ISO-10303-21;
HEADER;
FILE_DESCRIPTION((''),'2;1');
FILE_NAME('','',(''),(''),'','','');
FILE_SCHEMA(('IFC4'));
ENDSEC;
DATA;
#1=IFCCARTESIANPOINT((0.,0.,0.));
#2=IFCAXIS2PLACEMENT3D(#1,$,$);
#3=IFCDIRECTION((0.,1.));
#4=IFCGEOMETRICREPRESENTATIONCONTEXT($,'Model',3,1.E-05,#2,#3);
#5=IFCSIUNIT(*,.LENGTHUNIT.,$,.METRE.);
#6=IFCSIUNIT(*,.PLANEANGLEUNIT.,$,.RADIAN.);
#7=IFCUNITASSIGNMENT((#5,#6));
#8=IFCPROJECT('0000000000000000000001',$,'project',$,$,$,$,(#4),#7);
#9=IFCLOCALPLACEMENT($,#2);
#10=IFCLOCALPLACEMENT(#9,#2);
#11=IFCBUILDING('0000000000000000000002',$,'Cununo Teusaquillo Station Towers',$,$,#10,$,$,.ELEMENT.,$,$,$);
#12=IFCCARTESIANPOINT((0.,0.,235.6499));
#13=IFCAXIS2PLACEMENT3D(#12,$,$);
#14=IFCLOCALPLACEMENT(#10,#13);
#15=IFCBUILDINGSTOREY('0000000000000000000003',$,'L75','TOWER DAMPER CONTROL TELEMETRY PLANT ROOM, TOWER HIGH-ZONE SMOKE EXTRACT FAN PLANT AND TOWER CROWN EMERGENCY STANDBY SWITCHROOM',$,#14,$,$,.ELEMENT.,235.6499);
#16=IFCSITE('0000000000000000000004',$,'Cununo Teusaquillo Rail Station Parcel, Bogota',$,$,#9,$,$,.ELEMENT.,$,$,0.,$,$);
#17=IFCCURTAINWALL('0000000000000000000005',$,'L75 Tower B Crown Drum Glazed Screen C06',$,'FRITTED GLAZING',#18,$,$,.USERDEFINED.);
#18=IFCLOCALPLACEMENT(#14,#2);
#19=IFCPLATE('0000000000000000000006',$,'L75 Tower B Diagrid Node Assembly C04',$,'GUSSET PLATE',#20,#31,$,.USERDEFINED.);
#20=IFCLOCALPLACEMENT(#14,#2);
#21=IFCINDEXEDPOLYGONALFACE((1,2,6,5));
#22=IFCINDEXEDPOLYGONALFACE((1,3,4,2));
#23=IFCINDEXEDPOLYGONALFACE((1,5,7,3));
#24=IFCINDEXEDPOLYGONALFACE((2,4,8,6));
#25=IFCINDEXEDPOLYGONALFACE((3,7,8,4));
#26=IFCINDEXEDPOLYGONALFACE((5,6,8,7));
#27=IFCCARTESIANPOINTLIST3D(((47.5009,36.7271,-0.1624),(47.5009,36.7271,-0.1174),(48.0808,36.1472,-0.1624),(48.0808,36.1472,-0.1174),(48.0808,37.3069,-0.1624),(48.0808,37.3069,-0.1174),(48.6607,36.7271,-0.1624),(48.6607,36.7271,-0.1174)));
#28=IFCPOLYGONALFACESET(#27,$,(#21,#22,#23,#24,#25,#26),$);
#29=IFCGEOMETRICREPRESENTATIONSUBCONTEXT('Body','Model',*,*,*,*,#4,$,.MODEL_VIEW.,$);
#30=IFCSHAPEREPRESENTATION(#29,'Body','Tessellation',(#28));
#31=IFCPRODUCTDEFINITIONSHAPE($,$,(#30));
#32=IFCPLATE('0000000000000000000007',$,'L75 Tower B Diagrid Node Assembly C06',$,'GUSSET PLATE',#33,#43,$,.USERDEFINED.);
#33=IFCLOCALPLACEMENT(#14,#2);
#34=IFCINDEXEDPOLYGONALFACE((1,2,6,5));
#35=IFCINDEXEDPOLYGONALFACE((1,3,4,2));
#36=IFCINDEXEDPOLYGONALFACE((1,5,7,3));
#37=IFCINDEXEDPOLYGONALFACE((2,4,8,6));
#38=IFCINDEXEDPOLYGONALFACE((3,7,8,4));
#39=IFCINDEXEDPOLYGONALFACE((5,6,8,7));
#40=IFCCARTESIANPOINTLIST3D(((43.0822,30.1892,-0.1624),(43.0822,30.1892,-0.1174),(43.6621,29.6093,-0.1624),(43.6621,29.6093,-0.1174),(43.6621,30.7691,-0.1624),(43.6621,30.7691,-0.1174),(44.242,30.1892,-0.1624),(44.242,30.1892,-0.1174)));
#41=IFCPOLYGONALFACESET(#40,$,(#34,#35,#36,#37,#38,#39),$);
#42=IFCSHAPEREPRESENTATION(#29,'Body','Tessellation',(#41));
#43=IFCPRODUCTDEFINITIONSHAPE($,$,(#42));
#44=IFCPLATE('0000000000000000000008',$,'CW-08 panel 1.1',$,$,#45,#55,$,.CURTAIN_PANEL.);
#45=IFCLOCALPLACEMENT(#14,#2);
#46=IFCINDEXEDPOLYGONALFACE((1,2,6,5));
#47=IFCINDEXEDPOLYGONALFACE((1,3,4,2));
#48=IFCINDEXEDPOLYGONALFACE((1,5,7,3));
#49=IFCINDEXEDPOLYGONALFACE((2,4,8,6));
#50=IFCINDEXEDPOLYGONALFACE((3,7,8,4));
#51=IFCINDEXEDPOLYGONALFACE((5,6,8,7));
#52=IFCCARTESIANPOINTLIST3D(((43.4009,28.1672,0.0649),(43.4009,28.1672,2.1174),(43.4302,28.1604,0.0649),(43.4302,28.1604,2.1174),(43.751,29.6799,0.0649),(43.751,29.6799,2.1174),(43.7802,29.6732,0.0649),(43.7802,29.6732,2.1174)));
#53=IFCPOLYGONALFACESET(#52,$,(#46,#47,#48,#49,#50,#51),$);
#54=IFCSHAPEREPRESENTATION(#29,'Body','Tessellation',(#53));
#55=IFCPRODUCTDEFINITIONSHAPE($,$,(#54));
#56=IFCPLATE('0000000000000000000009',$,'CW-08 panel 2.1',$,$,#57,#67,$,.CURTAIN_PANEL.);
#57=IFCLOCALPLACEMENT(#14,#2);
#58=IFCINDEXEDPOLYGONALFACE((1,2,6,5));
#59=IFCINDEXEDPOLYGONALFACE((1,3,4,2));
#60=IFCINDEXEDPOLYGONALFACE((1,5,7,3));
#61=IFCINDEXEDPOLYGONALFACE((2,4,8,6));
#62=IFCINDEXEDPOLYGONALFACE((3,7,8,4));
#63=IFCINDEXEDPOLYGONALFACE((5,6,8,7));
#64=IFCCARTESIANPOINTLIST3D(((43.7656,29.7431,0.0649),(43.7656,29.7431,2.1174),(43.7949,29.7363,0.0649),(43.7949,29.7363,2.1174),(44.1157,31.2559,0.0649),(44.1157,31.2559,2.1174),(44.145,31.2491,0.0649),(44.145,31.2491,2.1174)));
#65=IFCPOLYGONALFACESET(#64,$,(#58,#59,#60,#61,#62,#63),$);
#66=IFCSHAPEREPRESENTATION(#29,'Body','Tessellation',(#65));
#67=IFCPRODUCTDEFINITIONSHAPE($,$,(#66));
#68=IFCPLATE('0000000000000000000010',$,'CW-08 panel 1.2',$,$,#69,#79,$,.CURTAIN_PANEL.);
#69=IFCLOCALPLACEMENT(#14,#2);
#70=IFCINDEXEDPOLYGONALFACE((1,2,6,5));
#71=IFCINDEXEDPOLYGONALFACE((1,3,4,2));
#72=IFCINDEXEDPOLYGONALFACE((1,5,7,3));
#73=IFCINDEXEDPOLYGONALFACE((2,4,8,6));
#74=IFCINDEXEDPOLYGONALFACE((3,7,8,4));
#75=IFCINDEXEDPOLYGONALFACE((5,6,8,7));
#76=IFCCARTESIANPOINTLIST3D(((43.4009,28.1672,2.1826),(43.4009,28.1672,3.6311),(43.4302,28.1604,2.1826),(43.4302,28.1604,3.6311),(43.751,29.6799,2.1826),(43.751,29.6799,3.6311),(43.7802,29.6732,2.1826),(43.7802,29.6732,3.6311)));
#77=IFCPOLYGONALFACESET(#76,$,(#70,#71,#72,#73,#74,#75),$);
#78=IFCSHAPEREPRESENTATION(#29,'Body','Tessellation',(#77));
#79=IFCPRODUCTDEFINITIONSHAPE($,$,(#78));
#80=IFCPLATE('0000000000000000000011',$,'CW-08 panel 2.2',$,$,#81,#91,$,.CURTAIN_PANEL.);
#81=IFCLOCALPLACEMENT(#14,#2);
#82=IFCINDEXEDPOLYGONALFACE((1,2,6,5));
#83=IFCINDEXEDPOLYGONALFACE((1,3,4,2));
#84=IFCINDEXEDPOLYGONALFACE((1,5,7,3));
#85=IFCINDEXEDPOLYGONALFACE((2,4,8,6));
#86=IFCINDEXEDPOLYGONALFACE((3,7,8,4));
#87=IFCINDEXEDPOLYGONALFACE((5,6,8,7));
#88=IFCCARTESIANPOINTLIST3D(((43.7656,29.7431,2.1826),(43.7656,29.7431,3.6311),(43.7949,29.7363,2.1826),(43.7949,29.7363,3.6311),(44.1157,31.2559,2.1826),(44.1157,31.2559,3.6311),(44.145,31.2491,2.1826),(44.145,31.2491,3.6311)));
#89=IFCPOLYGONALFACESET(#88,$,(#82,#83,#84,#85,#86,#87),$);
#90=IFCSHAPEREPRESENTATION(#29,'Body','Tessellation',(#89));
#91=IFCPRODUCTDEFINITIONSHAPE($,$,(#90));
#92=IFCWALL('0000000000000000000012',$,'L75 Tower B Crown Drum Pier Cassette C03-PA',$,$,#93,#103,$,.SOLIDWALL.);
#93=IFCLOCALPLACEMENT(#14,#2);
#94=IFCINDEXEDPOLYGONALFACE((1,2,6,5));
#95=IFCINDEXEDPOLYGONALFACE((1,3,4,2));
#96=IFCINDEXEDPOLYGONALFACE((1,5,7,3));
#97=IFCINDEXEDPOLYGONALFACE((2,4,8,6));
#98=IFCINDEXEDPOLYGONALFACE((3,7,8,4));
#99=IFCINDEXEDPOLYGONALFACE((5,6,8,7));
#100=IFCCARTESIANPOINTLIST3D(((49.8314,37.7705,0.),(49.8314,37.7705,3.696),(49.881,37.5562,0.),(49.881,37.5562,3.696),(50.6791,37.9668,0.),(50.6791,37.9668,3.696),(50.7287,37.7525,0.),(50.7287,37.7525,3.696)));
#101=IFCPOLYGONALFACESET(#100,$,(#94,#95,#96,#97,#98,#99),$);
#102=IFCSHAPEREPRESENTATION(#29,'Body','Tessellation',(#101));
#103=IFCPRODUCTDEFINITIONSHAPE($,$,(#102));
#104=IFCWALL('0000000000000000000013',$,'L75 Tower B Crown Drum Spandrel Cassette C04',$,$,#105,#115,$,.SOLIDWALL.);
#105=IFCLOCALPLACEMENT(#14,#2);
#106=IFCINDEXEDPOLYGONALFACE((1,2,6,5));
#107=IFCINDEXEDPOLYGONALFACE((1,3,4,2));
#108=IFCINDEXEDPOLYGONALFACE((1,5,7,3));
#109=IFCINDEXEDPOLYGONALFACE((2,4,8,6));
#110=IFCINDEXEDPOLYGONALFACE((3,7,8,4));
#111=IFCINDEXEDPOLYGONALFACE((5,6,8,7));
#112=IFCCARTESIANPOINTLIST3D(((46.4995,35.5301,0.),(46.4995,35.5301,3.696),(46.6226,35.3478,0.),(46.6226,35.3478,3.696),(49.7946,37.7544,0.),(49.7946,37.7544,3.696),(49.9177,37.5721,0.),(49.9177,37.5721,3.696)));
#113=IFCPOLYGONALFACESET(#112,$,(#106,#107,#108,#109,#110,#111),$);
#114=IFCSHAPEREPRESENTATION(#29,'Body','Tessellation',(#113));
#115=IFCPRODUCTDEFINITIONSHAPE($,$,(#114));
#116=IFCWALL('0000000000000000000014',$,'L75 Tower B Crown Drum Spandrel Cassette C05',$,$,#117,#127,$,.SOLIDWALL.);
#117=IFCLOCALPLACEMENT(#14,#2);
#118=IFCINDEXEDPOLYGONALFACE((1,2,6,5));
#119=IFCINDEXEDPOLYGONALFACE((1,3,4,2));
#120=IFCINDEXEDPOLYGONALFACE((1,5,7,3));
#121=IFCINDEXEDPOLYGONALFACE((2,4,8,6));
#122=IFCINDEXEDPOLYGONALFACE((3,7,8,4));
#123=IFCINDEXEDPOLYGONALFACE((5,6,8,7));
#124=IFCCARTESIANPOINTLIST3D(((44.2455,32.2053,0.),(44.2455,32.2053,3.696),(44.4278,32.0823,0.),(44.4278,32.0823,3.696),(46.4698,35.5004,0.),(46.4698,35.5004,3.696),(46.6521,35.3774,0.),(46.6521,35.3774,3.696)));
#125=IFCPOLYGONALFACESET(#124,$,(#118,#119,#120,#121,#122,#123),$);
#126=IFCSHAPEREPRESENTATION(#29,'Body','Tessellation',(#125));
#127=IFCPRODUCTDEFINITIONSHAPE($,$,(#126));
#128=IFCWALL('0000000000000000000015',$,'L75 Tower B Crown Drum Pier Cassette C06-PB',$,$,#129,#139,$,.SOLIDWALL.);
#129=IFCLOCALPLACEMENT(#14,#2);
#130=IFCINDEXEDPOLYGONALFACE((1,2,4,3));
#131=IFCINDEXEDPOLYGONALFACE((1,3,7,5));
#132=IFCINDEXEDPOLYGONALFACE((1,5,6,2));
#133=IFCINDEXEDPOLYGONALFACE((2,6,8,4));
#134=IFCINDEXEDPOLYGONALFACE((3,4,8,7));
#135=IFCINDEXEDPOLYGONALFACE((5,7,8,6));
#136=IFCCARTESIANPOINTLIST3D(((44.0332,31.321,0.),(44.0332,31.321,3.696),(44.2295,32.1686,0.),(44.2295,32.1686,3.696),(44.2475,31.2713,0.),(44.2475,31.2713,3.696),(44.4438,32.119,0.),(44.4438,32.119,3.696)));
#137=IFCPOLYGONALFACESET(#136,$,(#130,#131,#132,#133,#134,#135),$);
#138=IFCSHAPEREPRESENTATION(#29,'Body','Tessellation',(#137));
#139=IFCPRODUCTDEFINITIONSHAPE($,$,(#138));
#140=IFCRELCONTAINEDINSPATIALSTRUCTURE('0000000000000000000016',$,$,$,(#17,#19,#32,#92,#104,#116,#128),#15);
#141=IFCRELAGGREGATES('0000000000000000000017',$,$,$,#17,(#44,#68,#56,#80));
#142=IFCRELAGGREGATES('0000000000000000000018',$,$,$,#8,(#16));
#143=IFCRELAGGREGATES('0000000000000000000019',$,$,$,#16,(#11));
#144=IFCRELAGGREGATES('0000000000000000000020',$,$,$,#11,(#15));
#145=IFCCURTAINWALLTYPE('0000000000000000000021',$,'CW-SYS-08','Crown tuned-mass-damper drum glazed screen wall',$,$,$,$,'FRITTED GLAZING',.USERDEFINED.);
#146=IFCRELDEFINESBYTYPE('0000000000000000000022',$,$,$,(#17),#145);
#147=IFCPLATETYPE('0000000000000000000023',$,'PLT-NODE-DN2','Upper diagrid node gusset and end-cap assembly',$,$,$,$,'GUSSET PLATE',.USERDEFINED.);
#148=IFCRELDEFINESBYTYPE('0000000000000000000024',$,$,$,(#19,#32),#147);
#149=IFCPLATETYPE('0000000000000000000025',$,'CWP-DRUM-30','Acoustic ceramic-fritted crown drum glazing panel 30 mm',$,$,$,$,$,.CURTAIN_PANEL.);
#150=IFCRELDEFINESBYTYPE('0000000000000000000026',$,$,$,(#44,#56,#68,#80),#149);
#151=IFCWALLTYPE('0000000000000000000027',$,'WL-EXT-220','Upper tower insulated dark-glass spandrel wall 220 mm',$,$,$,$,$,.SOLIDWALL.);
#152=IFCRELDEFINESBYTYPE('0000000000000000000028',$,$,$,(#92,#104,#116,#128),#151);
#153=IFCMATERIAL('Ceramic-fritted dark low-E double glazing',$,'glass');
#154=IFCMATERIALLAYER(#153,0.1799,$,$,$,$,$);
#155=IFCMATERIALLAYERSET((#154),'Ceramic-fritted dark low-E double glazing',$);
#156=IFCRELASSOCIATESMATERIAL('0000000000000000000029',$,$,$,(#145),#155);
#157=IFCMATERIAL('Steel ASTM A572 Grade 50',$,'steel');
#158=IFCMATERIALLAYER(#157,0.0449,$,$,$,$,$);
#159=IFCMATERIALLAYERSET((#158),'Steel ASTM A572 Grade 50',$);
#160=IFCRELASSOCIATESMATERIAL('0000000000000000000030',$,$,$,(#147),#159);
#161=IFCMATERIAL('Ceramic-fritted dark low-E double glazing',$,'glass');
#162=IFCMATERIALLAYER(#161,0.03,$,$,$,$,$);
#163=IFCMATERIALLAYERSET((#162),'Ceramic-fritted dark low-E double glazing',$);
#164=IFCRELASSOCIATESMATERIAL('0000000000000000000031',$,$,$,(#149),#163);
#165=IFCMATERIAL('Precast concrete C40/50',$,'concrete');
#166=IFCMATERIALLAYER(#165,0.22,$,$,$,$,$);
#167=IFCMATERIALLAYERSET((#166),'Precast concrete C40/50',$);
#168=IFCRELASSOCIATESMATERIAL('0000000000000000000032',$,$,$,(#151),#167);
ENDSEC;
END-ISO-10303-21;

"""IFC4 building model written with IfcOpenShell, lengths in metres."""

from ifc_helpers import new_model, si_unit, direction, frame, frame_2d, origin, origin_2d, place, context, subcontext, project, spatial, rectangle, extrude, source, transform, mapped, material, layer, layer_set, type_object, element, aggregate, save


model = new_model("IFC4")

# Units and contexts
model_context = context("Model", 3, precision=1e-05, world=origin(), true_north=direction((0.0, 1.0)))
body_context = subcontext(model_context, "Body", "Model", "MODEL_VIEW")
ifc_project = project(units=[si_unit("LENGTHUNIT", "METRE"), si_unit("PLANEANGLEUNIT", "RADIAN")], contexts=[model_context])

# Site, building, storey
site_placement = place(None, origin())
site = spatial("IfcSite", under=ifc_project, at=site_placement, Name="Cununo Teusaquillo Rail Station Parcel, Bogota", CompositionType="ELEMENT", RefElevation=0.0)
building_placement = place(site_placement, origin())
building = spatial("IfcBuilding", under=site, at=building_placement, Name="Cununo Teusaquillo Station Towers", CompositionType="ELEMENT")
storey_placement = place(building_placement, frame((0.0, 0.0, 235.6499)))
storey = spatial("IfcBuildingStorey", under=building, at=storey_placement, Name="L75", Description="TOWER DAMPER CONTROL TELEMETRY PLANT ROOM, TOWER HIGH-ZONE SMOKE EXTRACT FAN PLANT AND TOWER CROWN EMERGENCY STANDBY SWITCHROOM", CompositionType="ELEMENT", Elevation=235.6499)

# Curtain wall
ifc_material_1 = material(Name="Ceramic-fritted dark low-E double glazing", Category="glass")
ifc_layer_1 = layer(ifc_material_1, 0.1799)
ifc_layer_set_1 = layer_set([ifc_layer_1], Name="Ceramic-fritted dark low-E double glazing")
curtain_wall_type = type_object("IfcCurtainWallType", Name="CW-SYS-08", Description="Crown tuned-mass-damper drum glazed screen wall", ElementType="FRITTED GLAZING", PredefinedType="USERDEFINED", material=ifc_layer_set_1)
curtain_wall_placement = place(storey_placement, origin())
curtain_wall = element("IfcCurtainWall", 1, at=curtain_wall_placement, inside=storey, type_object=curtain_wall_type, Name="L75 Tower B Crown Drum Glazed Screen C06", ObjectType="FRITTED GLAZING", PredefinedType="USERDEFINED")

# Plates
ifc_material_2 = material(Name="Steel ASTM A572 Grade 50", Category="steel")
ifc_layer_2 = layer(ifc_material_2, 0.0449)
ifc_layer_set_2 = layer_set([ifc_layer_2], Name="Steel ASTM A572 Grade 50")
plate_type_1 = type_object("IfcPlateType", Name="PLT-NODE-DN2", Description="Upper diagrid node gusset and end-cap assembly", ElementType="GUSSET PLATE", PredefinedType="USERDEFINED", material=ifc_layer_set_2)
shared_shape_1 = source(origin(), body_context, "Body", "SweptSolid", [
    extrude(rectangle(XDim=0.8201, YDim=0.8201, at=origin_2d()), origin(), (0.0, 0.0, 1.0), 0.0449),
])
for number, where, z_axis, x_axis, name in (
    (2, (48.0808, 36.7271, -0.1624), (0.0, 0.0, 1.0), (0.707107, 0.707107, 0.0), "L75 Tower B Diagrid Node Assembly C04"),
    (3, (43.6621, 30.1892, -0.1624), (0.0, 0.0, 1.0), (0.707107, 0.707107, 0.0), "L75 Tower B Diagrid Node Assembly C06"),
):
    element("IfcPlate", number, at=place(storey_placement, frame(where, z_axis=z_axis, x_axis=x_axis)), inside=storey, type_object=plate_type_1, Name=name, ObjectType="GUSSET PLATE", PredefinedType="USERDEFINED", context=body_context, shape_type="MappedRepresentation", body=[
        mapped(shared_shape_1, transform((0.0, 0.0, 0.0), x_axis=(1.0, 0.0, 0.0), y_axis=(0.0, 1.0, 0.0), z_axis=(0.0, 0.0, 1.0), scale=1.0)),
    ])

# Plates
ifc_material_3 = material(Name="Ceramic-fritted dark low-E double glazing", Category="glass")
ifc_layer_3 = layer(ifc_material_3, 0.03)
ifc_layer_set_3 = layer_set([ifc_layer_3], Name="Ceramic-fritted dark low-E double glazing")
plate_type_2 = type_object("IfcPlateType", Name="CWP-DRUM-30", Description="Acoustic ceramic-fritted crown drum glazing panel 30 mm", PredefinedType="CURTAIN_PANEL", material=ifc_layer_set_3)
shared_shape_2 = source(origin(), body_context, "Body", "SweptSolid", [
    extrude(rectangle(XDim=1.5527, YDim=0.03, at=origin_2d()), origin(), (0.0, 0.0, 1.0), 2.0525),
])
plate_1_placement = place(storey_placement, frame((43.5906, 28.9202, 0.0649), z_axis=(0.0, 0.0, 1.0), x_axis=(0.225466, 0.974251, 0.0)))
plate_1 = element("IfcPlate", 4, at=plate_1_placement, type_object=plate_type_2, Name="CW-08 panel 1.1", PredefinedType="CURTAIN_PANEL", context=body_context, shape_type="MappedRepresentation", body=[
    mapped(shared_shape_2, transform((0.0, 0.0, 0.0), x_axis=(1.0, 0.0, 0.0), y_axis=(0.0, 1.0, 0.0), z_axis=(0.0, 0.0, 1.0), scale=1.0)),
])
plate_2_placement = place(storey_placement, frame((43.9553, 30.4961, 0.0649), z_axis=(0.0, 0.0, 1.0), x_axis=(0.225466, 0.974251, 0.0)))
plate_2 = element("IfcPlate", 5, at=plate_2_placement, type_object=plate_type_2, Name="CW-08 panel 2.1", PredefinedType="CURTAIN_PANEL", context=body_context, shape_type="MappedRepresentation", body=[
    mapped(shared_shape_2, transform((0.0, 0.0, 0.0), x_axis=(1.0, 0.0, 0.0), y_axis=(0.0, 1.0, 0.0), z_axis=(0.0, 0.0, 1.0), scale=1.0)),
])
shared_shape_3 = source(origin(), body_context, "Body", "SweptSolid", [
    extrude(rectangle(XDim=1.5527, YDim=0.03, at=origin_2d()), origin(), (0.0, 0.0, 1.0), 1.4485),
])
plate_3_placement = place(storey_placement, frame((43.5906, 28.9202, 2.1826), z_axis=(0.0, 0.0, 1.0), x_axis=(0.225466, 0.974251, 0.0)))
plate_3 = element("IfcPlate", 6, at=plate_3_placement, type_object=plate_type_2, Name="CW-08 panel 1.2", PredefinedType="CURTAIN_PANEL", context=body_context, shape_type="MappedRepresentation", body=[
    mapped(shared_shape_3, transform((0.0, 0.0, 0.0), x_axis=(1.0, 0.0, 0.0), y_axis=(0.0, 1.0, 0.0), z_axis=(0.0, 0.0, 1.0), scale=1.0)),
])
plate_4_placement = place(storey_placement, frame((43.9553, 30.4961, 2.1826), z_axis=(0.0, 0.0, 1.0), x_axis=(0.225466, 0.974251, 0.0)))
plate_4 = element("IfcPlate", 7, at=plate_4_placement, type_object=plate_type_2, Name="CW-08 panel 2.2", PredefinedType="CURTAIN_PANEL", context=body_context, shape_type="MappedRepresentation", body=[
    mapped(shared_shape_3, transform((0.0, 0.0, 0.0), x_axis=(1.0, 0.0, 0.0), y_axis=(0.0, 1.0, 0.0), z_axis=(0.0, 0.0, 1.0), scale=1.0)),
])
aggregate(curtain_wall, [plate_1, plate_3, plate_2, plate_4])

# Walls
ifc_material_4 = material(Name="Precast concrete C40/50", Category="concrete")
ifc_layer_4 = layer(ifc_material_4, 0.22)
ifc_layer_set_4 = layer_set([ifc_layer_4], Name="Precast concrete C40/50")
wall_type = type_object("IfcWallType", Name="WL-EXT-220", Description="Upper tower insulated dark-glass spandrel wall 220 mm", PredefinedType="SOLIDWALL", material=ifc_layer_set_4)
wall_1_placement = place(storey_placement, frame((49.8562, 37.6633, 0.0), z_axis=(0.0, 0.0, 1.0), x_axis=(0.974221, 0.225597, 0.0)))
element("IfcWall", 8, at=wall_1_placement, inside=storey, type_object=wall_type, Name="L75 Tower B Crown Drum Pier Cassette C03-PA", PredefinedType="SOLIDWALL", context=body_context, shape_type="SweptSolid", body=[
    extrude(rectangle(XDim=0.8701, YDim=0.22, at=frame_2d((0.4351, 0.0))), origin(), (0.0, 0.0, 1.0), 3.696),
])
for number, where, z_axis, x_axis, name in (
    (9, (46.561, 35.439, 0.0), (0.0, 0.0, 1.0), (0.828834, 0.559495, 0.0), "L75 Tower B Crown Drum Spandrel Cassette C04"),
    (10, (44.3367, 32.1438, 0.0), (0.0, 0.0, 1.0), (0.559495, 0.828834, 0.0), "L75 Tower B Crown Drum Spandrel Cassette C05"),
):
    element("IfcWall", number, at=place(storey_placement, frame(where, z_axis=z_axis, x_axis=x_axis)), inside=storey, type_object=wall_type, Name=name, PredefinedType="SOLIDWALL", context=body_context, shape_type="SweptSolid", body=[
        extrude(rectangle(XDim=3.9756, YDim=0.22, at=frame_2d((1.9878, 0.0))), origin(), (0.0, 0.0, 1.0), 3.696),
    ])
wall_2_placement = place(storey_placement, frame((44.1404, 31.2961, 0.0), z_axis=(0.0, 0.0, 1.0), x_axis=(0.225597, 0.974221, 0.0)))
element("IfcWall", 11, at=wall_2_placement, inside=storey, type_object=wall_type, Name="L75 Tower B Crown Drum Pier Cassette C06-PB", PredefinedType="SOLIDWALL", context=body_context, shape_type="SweptSolid", body=[
    extrude(rectangle(XDim=0.8701, YDim=0.22, at=frame_2d((0.4351, 0.0))), origin(), (0.0, 0.0, 1.0), 3.696),
])

save(model, "model.ifc")
